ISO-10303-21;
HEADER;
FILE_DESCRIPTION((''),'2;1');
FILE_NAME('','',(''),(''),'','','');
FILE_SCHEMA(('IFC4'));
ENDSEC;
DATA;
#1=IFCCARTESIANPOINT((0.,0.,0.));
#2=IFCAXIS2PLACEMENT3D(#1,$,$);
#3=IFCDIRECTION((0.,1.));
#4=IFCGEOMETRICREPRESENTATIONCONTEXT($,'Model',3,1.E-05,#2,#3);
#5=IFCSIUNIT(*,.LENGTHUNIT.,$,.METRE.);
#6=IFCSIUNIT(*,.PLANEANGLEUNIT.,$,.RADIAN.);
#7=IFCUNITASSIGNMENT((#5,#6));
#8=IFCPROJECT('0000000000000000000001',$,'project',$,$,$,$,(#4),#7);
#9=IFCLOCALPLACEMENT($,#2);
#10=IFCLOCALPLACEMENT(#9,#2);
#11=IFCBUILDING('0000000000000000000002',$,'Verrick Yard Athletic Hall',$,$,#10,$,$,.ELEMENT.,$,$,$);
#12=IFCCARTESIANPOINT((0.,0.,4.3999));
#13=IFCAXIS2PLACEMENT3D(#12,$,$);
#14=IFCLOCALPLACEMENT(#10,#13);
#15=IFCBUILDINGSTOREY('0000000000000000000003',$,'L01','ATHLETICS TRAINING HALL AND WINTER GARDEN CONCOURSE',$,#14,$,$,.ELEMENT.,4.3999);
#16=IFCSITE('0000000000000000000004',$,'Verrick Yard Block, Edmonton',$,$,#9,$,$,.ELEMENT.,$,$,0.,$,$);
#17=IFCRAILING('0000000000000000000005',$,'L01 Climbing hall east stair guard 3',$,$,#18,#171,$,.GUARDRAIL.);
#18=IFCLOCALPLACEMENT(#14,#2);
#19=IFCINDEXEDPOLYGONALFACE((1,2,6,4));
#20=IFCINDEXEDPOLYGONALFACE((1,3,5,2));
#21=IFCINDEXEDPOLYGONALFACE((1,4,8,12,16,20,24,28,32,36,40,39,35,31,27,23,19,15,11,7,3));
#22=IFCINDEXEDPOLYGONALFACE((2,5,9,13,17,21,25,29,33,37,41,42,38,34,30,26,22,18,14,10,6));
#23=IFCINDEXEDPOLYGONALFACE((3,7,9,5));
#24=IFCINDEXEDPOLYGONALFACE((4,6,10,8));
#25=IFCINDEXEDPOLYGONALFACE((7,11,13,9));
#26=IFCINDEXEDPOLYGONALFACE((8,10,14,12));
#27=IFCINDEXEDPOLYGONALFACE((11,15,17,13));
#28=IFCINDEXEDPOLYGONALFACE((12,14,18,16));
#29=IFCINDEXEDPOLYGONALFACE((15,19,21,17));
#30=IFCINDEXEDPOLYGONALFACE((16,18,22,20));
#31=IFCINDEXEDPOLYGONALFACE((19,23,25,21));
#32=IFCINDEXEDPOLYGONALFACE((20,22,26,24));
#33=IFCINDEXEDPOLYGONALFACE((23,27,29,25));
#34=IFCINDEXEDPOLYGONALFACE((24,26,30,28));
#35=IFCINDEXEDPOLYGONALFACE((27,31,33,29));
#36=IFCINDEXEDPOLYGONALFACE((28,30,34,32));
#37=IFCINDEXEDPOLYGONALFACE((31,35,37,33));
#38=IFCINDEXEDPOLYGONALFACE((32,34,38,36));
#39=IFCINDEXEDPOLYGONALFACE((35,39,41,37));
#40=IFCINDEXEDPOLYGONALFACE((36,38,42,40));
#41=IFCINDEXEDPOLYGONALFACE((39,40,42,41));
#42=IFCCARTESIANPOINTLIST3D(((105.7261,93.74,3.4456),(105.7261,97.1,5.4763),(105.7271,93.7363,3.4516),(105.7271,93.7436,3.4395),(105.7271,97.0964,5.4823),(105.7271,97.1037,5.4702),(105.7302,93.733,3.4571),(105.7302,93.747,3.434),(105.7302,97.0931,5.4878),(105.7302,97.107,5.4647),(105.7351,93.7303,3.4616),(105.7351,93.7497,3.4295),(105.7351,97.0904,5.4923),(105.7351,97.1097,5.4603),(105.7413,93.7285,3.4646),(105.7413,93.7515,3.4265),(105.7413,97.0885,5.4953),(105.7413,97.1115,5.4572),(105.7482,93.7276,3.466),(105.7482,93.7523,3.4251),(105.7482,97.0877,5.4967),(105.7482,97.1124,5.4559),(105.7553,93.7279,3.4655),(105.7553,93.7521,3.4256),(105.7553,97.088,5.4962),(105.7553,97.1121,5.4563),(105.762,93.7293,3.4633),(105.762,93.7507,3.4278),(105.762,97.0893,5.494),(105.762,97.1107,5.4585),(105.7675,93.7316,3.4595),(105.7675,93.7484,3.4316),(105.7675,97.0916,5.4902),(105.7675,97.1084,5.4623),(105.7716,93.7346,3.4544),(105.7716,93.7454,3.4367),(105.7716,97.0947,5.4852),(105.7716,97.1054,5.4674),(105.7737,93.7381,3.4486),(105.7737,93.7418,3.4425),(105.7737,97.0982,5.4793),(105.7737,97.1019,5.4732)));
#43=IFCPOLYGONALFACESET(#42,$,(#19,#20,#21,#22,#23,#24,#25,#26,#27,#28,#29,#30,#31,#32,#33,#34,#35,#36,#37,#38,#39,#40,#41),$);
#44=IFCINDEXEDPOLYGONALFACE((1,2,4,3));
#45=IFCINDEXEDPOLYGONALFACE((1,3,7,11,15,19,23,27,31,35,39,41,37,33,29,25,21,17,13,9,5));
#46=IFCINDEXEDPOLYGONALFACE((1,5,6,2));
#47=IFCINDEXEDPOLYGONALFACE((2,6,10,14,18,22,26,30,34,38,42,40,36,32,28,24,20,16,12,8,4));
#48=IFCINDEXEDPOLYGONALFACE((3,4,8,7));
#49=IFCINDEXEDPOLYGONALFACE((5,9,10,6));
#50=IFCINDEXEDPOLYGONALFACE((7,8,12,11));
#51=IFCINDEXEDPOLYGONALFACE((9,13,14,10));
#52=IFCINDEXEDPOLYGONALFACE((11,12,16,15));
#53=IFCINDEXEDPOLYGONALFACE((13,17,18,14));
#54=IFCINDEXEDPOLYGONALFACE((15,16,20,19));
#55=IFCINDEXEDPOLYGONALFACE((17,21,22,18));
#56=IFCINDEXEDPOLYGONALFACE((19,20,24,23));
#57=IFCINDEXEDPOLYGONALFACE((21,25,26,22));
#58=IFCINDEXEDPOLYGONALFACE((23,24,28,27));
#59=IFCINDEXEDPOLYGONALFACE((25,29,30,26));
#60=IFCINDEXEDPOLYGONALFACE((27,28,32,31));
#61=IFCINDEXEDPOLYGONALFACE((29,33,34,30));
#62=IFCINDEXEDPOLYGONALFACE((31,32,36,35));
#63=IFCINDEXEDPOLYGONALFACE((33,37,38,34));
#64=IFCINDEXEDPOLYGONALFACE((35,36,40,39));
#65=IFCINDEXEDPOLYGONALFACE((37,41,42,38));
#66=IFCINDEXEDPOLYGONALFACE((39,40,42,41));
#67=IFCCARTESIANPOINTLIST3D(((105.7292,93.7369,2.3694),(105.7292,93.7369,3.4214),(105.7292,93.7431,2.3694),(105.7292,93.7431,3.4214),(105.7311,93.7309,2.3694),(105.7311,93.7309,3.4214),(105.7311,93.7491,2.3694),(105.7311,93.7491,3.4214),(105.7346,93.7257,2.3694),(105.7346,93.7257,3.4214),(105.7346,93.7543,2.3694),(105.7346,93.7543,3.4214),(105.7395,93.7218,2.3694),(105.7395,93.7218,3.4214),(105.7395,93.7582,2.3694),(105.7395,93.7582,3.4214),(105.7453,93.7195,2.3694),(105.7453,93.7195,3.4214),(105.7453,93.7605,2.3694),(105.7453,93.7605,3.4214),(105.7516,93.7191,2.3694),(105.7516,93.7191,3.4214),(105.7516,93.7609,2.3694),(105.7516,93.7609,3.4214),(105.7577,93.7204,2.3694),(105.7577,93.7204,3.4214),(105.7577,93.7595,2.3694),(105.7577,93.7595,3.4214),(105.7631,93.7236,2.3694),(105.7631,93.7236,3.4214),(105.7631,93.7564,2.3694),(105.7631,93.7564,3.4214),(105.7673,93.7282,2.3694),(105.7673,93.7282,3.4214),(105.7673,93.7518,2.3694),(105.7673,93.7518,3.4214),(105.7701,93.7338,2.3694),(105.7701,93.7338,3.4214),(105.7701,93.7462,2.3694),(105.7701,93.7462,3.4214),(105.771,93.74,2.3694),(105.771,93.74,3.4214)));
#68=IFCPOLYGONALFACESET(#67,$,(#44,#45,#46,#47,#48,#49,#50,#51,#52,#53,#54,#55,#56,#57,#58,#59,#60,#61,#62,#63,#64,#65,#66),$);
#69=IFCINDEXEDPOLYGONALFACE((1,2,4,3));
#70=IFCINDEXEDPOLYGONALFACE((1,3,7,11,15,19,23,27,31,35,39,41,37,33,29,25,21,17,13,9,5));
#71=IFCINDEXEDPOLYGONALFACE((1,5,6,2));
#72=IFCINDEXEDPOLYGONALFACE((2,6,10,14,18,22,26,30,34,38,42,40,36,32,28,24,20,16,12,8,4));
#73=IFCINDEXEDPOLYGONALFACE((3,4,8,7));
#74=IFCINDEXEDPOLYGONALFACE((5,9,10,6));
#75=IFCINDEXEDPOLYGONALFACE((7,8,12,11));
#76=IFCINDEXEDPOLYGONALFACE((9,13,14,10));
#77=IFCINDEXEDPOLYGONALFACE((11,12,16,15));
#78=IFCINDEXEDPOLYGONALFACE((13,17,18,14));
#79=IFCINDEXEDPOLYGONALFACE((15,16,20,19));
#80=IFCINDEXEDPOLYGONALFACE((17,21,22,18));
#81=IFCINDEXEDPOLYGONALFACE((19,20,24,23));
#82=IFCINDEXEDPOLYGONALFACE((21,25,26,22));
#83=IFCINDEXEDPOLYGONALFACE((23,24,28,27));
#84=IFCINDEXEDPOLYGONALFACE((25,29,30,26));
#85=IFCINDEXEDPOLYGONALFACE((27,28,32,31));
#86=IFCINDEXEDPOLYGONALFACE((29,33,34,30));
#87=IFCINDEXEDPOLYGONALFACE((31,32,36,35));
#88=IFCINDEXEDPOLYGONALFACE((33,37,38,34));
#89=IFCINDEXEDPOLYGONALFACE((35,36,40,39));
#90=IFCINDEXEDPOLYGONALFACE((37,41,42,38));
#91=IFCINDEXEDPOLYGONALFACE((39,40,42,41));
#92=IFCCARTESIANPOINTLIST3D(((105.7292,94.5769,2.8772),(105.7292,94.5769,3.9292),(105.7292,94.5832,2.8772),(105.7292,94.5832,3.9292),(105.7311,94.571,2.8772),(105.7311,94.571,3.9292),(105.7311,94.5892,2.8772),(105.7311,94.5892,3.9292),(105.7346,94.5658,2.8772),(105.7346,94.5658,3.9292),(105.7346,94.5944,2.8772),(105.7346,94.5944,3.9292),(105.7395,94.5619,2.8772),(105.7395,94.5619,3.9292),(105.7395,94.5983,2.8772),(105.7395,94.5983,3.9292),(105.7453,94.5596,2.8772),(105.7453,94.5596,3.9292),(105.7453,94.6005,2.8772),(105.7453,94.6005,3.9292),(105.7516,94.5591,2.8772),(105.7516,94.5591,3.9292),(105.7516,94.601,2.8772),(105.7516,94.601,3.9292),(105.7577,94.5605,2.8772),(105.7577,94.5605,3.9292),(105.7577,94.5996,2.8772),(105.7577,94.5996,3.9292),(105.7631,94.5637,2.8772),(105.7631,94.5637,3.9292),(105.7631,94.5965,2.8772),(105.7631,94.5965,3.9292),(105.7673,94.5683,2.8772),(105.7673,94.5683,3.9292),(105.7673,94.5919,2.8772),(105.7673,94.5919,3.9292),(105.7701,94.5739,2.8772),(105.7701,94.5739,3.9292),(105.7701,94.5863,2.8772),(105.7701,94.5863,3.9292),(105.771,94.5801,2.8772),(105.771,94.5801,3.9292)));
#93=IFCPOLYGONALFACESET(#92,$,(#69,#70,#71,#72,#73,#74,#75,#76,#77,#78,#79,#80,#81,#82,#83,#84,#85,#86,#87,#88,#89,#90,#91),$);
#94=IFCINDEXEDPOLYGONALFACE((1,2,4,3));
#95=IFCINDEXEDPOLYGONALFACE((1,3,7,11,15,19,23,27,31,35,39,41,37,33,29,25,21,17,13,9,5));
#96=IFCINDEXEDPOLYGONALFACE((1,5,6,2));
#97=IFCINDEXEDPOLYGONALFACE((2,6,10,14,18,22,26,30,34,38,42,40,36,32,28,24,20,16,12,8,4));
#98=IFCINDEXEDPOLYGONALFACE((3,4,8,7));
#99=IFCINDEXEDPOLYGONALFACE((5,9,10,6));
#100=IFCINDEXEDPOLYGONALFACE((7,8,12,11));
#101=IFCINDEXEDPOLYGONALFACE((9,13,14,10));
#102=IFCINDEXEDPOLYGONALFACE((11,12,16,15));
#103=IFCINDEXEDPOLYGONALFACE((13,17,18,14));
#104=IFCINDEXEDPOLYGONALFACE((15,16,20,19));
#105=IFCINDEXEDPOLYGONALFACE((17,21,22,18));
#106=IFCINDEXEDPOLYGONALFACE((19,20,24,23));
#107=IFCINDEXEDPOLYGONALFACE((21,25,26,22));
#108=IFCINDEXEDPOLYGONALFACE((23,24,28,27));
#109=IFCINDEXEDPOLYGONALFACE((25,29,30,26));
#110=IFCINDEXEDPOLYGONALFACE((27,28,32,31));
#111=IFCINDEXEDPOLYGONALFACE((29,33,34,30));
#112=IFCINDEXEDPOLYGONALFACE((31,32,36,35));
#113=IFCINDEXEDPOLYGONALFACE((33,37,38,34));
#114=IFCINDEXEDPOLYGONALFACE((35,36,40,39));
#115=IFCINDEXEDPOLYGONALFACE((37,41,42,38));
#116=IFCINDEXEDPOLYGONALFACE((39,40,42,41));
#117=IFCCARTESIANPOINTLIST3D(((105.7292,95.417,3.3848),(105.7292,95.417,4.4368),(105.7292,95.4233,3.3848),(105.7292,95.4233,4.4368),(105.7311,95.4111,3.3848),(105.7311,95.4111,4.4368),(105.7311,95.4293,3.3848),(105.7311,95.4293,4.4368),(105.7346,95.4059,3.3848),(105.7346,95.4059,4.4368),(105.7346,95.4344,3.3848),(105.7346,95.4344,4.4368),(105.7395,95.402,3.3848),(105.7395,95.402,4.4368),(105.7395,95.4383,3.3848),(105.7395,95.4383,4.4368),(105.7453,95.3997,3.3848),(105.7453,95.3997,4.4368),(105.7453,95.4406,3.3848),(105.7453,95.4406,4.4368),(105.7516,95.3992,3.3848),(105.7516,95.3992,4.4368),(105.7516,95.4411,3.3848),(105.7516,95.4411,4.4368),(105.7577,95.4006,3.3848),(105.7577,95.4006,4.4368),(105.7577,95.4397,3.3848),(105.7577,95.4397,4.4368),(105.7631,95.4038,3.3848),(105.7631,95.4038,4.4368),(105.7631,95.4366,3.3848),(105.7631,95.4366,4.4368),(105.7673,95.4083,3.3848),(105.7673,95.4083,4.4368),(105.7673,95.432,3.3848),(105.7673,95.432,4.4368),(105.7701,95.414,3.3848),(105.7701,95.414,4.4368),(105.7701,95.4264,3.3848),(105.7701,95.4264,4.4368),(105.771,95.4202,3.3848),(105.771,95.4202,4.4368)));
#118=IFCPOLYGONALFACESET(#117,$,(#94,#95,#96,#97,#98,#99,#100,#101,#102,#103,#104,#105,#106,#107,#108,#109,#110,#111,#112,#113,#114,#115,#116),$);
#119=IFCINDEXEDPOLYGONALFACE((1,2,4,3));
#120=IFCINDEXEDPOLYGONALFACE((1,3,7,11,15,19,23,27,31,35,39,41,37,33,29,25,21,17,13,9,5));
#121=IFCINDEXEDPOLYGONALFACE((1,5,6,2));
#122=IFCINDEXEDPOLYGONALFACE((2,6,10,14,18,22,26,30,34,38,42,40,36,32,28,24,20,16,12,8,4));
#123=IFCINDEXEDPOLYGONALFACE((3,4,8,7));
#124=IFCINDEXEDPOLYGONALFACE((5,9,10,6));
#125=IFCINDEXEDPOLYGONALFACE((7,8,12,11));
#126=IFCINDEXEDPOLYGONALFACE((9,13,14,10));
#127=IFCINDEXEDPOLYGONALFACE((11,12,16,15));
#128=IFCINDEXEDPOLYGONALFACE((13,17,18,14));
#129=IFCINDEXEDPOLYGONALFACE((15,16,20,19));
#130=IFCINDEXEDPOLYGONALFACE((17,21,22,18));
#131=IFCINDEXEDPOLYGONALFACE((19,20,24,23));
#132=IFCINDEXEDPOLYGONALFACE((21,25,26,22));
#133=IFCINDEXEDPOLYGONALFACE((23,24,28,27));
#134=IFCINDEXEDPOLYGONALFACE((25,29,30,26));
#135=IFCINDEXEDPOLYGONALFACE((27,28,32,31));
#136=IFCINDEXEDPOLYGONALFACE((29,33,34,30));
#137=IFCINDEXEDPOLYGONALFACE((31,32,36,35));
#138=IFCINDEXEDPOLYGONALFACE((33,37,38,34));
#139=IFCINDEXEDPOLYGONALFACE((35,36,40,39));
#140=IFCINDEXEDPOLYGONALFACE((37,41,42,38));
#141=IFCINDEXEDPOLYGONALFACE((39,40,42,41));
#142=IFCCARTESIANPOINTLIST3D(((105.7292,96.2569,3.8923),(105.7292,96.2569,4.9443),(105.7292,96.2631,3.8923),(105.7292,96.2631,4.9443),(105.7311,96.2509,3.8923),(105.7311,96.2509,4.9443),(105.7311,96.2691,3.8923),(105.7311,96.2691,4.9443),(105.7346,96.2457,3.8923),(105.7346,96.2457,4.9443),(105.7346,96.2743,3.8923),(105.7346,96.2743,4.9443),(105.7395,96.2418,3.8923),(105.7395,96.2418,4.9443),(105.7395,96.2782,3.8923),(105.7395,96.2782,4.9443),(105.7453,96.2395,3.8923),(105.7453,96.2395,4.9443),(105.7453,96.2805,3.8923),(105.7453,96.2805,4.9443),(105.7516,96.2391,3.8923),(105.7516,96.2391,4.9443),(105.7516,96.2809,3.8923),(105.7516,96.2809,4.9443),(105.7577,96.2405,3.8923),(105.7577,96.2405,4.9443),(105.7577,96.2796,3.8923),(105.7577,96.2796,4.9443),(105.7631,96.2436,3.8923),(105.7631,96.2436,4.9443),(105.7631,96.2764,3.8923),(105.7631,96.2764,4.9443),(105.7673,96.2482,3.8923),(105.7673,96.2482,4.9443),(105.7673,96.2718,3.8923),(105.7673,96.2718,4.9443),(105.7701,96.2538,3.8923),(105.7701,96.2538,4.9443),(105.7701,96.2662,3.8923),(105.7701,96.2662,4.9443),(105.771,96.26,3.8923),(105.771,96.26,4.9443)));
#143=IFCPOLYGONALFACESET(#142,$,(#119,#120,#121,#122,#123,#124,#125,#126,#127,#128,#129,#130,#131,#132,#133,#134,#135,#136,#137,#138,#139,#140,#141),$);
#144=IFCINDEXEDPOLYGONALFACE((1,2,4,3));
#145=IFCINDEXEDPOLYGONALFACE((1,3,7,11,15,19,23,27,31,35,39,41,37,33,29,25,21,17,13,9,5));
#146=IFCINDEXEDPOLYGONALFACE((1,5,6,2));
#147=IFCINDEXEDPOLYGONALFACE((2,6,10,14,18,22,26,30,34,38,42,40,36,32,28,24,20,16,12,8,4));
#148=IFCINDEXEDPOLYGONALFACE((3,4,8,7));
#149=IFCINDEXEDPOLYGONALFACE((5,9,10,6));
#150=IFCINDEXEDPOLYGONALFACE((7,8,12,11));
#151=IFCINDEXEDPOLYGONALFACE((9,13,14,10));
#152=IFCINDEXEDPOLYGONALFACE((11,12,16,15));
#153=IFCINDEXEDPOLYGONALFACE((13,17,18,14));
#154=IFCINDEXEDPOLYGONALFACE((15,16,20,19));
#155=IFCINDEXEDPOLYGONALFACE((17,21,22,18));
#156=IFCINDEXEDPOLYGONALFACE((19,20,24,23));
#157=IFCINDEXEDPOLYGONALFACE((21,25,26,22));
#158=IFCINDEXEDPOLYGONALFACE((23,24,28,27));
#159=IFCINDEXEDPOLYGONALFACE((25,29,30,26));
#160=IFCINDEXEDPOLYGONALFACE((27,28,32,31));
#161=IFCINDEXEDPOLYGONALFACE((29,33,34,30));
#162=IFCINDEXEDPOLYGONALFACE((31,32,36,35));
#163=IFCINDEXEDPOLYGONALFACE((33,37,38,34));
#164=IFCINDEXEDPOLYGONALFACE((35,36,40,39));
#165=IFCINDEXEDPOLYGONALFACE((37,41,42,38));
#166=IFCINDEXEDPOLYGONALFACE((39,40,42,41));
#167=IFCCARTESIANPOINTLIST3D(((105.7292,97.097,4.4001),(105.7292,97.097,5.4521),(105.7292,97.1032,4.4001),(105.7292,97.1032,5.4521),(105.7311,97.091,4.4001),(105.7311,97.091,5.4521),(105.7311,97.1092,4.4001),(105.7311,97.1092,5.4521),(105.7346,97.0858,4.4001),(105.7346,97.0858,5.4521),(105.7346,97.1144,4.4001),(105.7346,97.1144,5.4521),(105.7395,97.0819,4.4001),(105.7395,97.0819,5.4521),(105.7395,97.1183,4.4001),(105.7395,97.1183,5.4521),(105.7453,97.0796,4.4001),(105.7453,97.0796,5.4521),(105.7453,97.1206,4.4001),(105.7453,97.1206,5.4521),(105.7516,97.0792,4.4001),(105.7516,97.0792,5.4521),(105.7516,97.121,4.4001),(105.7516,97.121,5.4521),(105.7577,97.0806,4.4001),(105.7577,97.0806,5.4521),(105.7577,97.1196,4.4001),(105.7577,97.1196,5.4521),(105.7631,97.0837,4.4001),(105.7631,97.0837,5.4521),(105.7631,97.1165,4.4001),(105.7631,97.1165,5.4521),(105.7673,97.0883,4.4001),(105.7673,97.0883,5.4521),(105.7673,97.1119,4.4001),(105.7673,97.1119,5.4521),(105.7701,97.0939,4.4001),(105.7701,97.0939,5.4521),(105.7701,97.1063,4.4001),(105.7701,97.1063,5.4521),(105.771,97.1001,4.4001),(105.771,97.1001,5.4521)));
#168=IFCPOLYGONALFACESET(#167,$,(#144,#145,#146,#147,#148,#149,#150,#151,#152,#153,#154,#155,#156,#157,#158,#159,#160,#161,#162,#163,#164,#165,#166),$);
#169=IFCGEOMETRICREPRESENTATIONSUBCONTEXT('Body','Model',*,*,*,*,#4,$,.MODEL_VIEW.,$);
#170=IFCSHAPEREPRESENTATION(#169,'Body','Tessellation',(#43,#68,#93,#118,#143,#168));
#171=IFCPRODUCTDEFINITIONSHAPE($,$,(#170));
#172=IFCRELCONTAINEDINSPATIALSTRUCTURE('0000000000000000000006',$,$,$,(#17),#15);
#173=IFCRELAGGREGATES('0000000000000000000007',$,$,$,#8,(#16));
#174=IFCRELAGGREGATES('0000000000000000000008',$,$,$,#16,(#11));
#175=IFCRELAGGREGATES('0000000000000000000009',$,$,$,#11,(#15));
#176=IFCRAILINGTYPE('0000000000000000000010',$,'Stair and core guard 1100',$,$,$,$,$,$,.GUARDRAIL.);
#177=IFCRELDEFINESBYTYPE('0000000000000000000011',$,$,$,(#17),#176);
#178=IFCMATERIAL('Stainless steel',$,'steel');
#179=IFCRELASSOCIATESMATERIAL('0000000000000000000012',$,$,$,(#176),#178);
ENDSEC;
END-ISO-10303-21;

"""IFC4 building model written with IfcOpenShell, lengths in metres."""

from ifc_helpers import new_model, si_unit, direction, frame, origin, origin_2d, place, context, subcontext, project, spatial, circle, extrude, material, type_object, element, save


model = new_model("IFC4")

# Units and contexts
model_context = context("Model", 3, precision=1e-05, world=origin(), true_north=direction((0.0, 1.0)))
body_context = subcontext(model_context, "Body", "Model", "MODEL_VIEW")
ifc_project = project(units=[si_unit("LENGTHUNIT", "METRE"), si_unit("PLANEANGLEUNIT", "RADIAN")], contexts=[model_context])

# Site, building, storey
site_placement = place(None, origin())
site = spatial("IfcSite", under=ifc_project, at=site_placement, Name="Verrick Yard Block, Edmonton", CompositionType="ELEMENT", RefElevation=0.0)
building_placement = place(site_placement, origin())
building = spatial("IfcBuilding", under=site, at=building_placement, Name="Verrick Yard Athletic Hall", CompositionType="ELEMENT")
storey_placement = place(building_placement, frame((0.0, 0.0, 4.3999)))
storey = spatial("IfcBuildingStorey", under=building, at=storey_placement, Name="L01", Description="ATHLETICS TRAINING HALL AND WINTER GARDEN CONCOURSE", CompositionType="ELEMENT", Elevation=4.3999)

# Railing
ifc_material_1 = material(Name="Stainless steel", Category="steel")
railing_type_1 = type_object("IfcRailingType", Name="Stair and core guard 1100", PredefinedType="GUARDRAIL", material=ifc_material_1)
railing_1_placement = place(storey_placement, frame((105.75, 93.74, 2.3694)))
element("IfcRailing", 1, at=railing_1_placement, inside=storey, type_object=railing_type_1, Name="L01 Climbing hall east stair guard 3", PredefinedType="GUARDRAIL", context=body_context, shape_type="SweptSolid", body=[
    extrude(circle(Radius=0.0239, at=origin_2d()), frame((0.0, 0.0, 1.0762), z_axis=(0.0, 0.855837, 0.517246), x_axis=(-1.0, 0.0, 0.0)), (0.0, 0.0, 1.0), 3.926),
    extrude(circle(Radius=0.021, at=origin_2d()), origin(), (0.0, 0.0, 1.0), 1.052),
    extrude(circle(Radius=0.021, at=origin_2d()), frame((0.0, 0.8401, 0.5078)), (0.0, 0.0, 1.0), 1.052),
    extrude(circle(Radius=0.021, at=origin_2d()), frame((0.0, 1.6802, 1.0154)), (0.0, 0.0, 1.0), 1.052),
    extrude(circle(Radius=0.021, at=origin_2d()), frame((0.0, 2.52, 1.5229)), (0.0, 0.0, 1.0), 1.052),
    extrude(circle(Radius=0.021, at=origin_2d()), frame((0.0, 3.3601, 2.0308)), (0.0, 0.0, 1.0), 1.052),
])

save(model, "model.ifc")
